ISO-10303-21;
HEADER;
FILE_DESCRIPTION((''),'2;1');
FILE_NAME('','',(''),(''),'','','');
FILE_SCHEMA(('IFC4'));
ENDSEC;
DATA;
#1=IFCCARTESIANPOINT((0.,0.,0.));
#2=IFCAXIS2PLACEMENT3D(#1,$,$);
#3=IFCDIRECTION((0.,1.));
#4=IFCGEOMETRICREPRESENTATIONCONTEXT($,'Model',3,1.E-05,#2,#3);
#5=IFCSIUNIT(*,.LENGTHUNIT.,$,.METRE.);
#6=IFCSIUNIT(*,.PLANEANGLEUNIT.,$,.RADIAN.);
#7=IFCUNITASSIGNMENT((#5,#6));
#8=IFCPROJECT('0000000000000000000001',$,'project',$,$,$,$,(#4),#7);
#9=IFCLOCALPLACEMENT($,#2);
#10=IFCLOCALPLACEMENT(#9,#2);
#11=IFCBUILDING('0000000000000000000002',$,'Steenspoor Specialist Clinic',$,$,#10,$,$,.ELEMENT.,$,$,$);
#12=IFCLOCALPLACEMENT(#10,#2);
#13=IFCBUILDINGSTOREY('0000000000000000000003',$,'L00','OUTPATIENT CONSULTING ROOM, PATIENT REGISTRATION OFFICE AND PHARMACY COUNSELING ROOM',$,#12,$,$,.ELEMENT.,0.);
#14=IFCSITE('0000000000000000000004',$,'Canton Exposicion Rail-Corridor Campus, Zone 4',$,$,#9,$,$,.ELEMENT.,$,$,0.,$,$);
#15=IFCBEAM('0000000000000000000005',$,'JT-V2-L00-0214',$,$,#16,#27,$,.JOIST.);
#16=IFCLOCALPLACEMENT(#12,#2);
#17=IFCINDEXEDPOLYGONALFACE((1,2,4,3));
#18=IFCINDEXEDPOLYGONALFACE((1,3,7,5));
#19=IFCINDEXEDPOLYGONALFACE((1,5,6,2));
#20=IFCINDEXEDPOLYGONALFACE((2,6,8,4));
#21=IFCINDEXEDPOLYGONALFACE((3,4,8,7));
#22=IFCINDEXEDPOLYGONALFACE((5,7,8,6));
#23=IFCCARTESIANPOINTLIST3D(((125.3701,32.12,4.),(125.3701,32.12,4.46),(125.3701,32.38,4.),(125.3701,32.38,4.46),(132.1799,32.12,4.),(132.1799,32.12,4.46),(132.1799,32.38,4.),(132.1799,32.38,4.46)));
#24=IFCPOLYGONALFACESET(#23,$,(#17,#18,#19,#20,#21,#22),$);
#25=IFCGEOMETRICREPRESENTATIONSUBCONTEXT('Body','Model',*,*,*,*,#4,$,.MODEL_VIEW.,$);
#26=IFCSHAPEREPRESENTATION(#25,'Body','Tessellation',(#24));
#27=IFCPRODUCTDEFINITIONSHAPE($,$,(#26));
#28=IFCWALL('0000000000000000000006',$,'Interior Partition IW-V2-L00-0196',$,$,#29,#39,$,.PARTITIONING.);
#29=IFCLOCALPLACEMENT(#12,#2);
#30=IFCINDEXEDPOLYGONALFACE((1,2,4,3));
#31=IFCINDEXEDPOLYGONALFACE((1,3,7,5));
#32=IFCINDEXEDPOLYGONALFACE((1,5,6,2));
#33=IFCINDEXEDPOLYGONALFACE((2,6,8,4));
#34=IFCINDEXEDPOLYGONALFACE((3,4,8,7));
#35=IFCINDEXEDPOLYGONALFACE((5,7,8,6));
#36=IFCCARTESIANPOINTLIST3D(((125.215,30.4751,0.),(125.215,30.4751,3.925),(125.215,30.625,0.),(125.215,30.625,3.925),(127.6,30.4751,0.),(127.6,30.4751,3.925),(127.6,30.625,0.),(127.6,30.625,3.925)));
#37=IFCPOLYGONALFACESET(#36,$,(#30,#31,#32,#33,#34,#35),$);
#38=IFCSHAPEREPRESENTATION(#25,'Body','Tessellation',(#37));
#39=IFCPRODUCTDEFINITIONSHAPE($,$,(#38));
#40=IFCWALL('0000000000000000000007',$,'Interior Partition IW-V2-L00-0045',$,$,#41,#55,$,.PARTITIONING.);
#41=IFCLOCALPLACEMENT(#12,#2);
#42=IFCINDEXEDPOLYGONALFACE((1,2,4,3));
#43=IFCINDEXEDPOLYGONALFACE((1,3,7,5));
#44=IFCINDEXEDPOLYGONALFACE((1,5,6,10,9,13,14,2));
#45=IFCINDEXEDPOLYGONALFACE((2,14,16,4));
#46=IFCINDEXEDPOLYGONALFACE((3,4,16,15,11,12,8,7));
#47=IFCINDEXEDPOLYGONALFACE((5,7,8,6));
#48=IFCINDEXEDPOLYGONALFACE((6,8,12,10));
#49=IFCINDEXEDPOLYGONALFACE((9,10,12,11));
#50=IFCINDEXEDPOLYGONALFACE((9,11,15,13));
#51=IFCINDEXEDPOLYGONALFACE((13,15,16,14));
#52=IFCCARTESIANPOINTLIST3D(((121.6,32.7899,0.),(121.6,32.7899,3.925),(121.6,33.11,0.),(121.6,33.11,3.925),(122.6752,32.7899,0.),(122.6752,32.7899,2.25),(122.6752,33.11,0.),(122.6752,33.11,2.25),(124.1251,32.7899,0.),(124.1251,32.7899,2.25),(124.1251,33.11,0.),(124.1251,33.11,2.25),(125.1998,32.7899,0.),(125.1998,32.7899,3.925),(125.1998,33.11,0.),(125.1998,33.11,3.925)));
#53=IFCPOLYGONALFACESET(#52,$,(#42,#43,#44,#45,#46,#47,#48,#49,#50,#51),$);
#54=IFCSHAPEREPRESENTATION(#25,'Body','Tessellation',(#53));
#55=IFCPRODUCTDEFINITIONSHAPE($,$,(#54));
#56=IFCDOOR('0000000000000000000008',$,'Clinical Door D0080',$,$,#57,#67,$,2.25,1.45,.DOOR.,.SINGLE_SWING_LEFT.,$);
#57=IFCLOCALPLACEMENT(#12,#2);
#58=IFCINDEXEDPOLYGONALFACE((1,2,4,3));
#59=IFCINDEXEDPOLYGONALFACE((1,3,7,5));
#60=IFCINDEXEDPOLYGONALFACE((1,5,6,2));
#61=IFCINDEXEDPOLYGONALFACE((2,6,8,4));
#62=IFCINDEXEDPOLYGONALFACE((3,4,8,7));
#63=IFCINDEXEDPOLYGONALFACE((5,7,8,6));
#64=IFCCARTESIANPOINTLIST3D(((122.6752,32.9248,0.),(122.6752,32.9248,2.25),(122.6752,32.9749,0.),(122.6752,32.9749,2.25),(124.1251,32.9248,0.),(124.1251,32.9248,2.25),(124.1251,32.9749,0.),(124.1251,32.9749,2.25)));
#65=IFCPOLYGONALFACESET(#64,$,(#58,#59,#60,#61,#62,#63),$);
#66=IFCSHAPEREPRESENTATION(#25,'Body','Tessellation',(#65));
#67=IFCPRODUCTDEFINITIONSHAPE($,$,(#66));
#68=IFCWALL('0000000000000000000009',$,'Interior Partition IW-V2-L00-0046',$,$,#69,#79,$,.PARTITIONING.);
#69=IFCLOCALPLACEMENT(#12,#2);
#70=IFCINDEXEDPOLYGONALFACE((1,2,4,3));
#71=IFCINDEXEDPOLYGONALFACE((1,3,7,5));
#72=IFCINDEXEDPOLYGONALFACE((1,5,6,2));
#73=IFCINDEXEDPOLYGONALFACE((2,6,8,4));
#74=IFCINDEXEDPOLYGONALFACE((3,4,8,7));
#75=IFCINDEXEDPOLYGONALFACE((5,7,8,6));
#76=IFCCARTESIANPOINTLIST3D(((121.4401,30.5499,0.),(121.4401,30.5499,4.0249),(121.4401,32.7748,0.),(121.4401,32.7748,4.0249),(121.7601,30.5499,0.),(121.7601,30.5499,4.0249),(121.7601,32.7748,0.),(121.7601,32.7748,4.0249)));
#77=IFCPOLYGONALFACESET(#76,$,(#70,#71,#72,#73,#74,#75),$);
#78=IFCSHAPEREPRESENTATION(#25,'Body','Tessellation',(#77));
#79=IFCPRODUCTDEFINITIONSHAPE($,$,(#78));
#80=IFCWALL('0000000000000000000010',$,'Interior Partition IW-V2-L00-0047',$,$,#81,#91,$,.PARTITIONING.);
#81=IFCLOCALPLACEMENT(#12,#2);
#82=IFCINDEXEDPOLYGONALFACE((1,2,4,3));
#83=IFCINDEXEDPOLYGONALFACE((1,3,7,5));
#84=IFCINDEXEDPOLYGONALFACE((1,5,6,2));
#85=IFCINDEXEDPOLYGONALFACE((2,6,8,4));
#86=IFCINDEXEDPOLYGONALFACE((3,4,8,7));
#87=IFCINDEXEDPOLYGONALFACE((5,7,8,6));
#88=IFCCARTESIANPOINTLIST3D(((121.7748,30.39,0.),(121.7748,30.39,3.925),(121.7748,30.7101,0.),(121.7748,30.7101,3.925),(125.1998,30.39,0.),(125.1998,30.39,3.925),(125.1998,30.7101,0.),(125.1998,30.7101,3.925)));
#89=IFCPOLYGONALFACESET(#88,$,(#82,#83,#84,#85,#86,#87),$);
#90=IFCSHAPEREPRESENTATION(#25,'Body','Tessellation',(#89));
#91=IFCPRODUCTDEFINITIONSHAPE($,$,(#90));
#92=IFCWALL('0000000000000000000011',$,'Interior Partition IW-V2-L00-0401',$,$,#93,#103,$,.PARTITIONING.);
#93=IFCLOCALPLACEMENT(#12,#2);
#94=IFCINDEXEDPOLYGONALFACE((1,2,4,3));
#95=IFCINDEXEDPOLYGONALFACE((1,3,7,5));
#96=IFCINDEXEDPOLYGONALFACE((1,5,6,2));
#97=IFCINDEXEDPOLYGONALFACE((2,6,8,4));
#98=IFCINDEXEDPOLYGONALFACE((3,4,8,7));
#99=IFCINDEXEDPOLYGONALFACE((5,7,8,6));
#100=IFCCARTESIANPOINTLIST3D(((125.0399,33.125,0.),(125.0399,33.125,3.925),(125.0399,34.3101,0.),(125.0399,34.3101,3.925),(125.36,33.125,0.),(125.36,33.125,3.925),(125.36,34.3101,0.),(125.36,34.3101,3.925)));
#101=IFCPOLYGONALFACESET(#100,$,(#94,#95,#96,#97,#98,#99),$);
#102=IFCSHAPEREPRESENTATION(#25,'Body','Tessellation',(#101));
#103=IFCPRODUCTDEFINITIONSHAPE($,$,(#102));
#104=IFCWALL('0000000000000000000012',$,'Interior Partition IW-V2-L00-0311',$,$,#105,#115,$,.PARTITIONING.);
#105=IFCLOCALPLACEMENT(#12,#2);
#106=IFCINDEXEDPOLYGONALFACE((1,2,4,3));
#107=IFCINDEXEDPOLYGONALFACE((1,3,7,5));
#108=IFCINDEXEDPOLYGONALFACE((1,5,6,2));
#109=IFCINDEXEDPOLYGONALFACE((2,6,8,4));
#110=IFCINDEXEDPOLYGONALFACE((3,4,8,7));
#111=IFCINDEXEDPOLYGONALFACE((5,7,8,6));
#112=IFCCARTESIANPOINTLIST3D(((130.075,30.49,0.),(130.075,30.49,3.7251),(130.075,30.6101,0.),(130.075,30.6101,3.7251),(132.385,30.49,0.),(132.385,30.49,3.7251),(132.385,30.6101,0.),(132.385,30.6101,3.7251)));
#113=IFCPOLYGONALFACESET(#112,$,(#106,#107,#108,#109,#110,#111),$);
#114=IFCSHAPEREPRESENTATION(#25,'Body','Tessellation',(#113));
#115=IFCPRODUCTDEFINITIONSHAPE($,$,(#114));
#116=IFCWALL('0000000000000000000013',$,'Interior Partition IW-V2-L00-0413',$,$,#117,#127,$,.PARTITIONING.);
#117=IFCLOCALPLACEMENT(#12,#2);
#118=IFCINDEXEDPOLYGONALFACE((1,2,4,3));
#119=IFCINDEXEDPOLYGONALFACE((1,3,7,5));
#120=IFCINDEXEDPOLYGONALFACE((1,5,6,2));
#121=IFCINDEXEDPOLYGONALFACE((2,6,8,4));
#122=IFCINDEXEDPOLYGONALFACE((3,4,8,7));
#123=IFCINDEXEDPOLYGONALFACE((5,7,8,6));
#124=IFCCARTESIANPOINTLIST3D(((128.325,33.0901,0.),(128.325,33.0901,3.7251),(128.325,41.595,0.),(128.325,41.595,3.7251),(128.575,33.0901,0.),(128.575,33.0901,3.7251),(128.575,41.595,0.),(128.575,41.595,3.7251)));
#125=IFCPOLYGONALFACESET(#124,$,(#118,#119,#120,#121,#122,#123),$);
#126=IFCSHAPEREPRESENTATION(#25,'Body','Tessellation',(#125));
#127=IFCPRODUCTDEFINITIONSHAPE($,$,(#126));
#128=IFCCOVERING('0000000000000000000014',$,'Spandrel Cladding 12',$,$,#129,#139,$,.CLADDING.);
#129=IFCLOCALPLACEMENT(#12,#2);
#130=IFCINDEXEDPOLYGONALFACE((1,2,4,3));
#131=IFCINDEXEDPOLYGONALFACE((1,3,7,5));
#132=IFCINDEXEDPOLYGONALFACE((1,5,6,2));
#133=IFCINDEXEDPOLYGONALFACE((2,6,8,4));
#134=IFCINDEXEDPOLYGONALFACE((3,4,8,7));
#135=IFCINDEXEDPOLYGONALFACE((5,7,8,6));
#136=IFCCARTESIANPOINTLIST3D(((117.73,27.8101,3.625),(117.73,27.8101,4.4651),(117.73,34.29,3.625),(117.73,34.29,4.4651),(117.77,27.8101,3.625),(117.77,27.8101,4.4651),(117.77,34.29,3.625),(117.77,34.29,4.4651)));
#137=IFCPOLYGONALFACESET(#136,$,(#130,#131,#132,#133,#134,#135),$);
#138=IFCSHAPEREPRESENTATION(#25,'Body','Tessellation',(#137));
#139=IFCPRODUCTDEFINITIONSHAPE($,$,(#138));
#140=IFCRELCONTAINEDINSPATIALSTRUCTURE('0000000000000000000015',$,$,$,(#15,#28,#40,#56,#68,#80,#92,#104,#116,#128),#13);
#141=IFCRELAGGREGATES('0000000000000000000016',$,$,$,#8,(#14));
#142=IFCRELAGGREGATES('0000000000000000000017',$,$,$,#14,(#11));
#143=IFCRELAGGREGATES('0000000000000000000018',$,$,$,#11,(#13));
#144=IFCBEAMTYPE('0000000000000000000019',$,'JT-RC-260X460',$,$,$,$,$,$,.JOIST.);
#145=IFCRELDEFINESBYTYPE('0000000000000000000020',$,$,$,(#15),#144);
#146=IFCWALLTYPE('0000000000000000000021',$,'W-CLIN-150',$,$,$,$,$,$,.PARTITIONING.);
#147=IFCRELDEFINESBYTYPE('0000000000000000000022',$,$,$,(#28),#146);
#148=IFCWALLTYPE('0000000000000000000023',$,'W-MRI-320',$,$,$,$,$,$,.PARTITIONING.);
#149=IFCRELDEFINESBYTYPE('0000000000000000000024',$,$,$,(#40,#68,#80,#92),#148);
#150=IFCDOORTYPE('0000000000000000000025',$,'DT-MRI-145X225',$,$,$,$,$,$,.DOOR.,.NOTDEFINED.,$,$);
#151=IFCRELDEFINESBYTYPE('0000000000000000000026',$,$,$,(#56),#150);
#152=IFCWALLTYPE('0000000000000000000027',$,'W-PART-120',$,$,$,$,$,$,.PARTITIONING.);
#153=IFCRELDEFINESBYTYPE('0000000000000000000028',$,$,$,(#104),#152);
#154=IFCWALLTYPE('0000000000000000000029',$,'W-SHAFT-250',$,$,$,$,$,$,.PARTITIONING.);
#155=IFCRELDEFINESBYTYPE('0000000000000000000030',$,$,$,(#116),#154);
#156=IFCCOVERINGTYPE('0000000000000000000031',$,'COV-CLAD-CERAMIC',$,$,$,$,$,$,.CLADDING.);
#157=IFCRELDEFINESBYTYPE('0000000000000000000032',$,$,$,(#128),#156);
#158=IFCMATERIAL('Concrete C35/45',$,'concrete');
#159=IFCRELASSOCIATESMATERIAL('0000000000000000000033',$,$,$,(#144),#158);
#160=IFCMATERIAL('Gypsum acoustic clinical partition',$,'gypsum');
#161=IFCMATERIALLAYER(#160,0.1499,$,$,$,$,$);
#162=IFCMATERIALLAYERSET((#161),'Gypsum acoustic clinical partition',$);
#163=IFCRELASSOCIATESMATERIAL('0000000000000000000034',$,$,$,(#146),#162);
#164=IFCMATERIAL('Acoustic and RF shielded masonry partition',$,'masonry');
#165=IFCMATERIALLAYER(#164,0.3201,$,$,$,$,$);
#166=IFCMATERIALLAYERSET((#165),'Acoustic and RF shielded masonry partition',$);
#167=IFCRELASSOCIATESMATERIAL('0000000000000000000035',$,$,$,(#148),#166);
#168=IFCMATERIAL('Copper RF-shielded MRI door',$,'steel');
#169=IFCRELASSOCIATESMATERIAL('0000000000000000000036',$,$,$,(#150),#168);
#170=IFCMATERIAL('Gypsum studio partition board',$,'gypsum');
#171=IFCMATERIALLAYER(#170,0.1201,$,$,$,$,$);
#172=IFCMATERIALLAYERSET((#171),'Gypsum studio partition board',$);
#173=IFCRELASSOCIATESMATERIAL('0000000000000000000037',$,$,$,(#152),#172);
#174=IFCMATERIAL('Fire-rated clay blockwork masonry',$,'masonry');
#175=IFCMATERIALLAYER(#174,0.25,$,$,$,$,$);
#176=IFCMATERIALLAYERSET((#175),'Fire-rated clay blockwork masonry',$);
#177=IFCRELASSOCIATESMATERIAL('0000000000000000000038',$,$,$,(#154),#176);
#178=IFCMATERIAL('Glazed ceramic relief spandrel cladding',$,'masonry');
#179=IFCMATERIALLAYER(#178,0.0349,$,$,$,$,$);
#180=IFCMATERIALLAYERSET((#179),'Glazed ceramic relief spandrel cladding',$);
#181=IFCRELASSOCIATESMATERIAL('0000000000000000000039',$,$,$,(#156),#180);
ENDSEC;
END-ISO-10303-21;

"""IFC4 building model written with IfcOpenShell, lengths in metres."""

from ifc_helpers import new_model, si_unit, direction, frame, frame_2d, origin, origin_2d, place, context, subcontext, project, spatial, rectangle, extrude, material, layer, layer_set, material_profile, profile_set, type_object, element, fill, save


model = new_model("IFC4")

# Units and contexts
model_context = context("Model", 3, precision=1e-05, world=origin(), true_north=direction((0.0, 1.0)))
body_context = subcontext(model_context, "Body", "Model", "MODEL_VIEW")
ifc_project = project(units=[si_unit("LENGTHUNIT", "METRE"), si_unit("PLANEANGLEUNIT", "RADIAN")], contexts=[model_context])

# Site, building, storey
site_placement = place(None, origin())
site = spatial("IfcSite", under=ifc_project, at=site_placement, Name="Canton Exposicion Rail-Corridor Campus, Zone 4", CompositionType="ELEMENT", RefElevation=0.0)
building_placement = place(site_placement, origin())
building = spatial("IfcBuilding", under=site, at=building_placement, Name="Steenspoor Specialist Clinic", CompositionType="ELEMENT")
storey_placement = place(building_placement, origin())
storey = spatial("IfcBuildingStorey", under=building, at=storey_placement, Name="L00", Description="OUTPATIENT CONSULTING ROOM, PATIENT REGISTRATION OFFICE AND PHARMACY COUNSELING ROOM", CompositionType="ELEMENT", Elevation=0.0)

# Shared definitions
ifc_material_1 = material(Name="Concrete C35/45", Category="concrete")

# Beam
ifc_material_profile_1 = material_profile(ifc_material_1, rectangle(XDim=0.26, YDim=0.46, at=origin_2d()), Name="RC-JT-260X460")
ifc_profile_set_1 = profile_set([ifc_material_profile_1], Name="Concrete C35/45")
beam_type_1 = type_object("IfcBeamType", Name="JT-RC-260X460", PredefinedType="JOIST", material=ifc_profile_set_1)
beam_1_placement = place(storey_placement, frame((125.3701, 32.25, 4.23), z_axis=(1.0, 0.0, 0.0), x_axis=(0.0, 1.0, 0.0)))
element("IfcBeam", 1, at=beam_1_placement, inside=storey, type_object=beam_type_1, Name="JT-V2-L00-0214", PredefinedType="JOIST", context=body_context, shape_type="SweptSolid", body=[
    extrude(rectangle(XDim=0.26, YDim=0.46, at=origin_2d()), origin(), (0.0, 0.0, 1.0), 6.8098),
])

# Wall
ifc_material_2 = material(Name="Gypsum acoustic clinical partition", Category="gypsum")
ifc_layer_1 = layer(ifc_material_2, 0.1499)
ifc_layer_set_1 = layer_set([ifc_layer_1], Name="Gypsum acoustic clinical partition")
wall_type_1 = type_object("IfcWallType", Name="W-CLIN-150", PredefinedType="PARTITIONING", material=ifc_layer_set_1)
wall_1_placement = place(storey_placement, frame((125.2151, 30.55, 0.0), z_axis=(0.0, 0.0, 1.0), x_axis=(1.0, 0.0, 0.0)))
element("IfcWall", 2, at=wall_1_placement, inside=storey, type_object=wall_type_1, Name="Interior Partition IW-V2-L00-0196", PredefinedType="PARTITIONING", context=body_context, shape_type="SweptSolid", body=[
    extrude(rectangle(XDim=2.385, YDim=0.1499, at=frame_2d((1.1924, 0.0))), origin(), (0.0, 0.0, 1.0), 3.925),
])

# Wall, opening, door
ifc_material_3 = material(Name="Acoustic and RF shielded masonry partition", Category="masonry")
ifc_layer_2 = layer(ifc_material_3, 0.3201)
ifc_layer_set_2 = layer_set([ifc_layer_2], Name="Acoustic and RF shielded masonry partition")
wall_type_2 = type_object("IfcWallType", Name="W-MRI-320", PredefinedType="PARTITIONING", material=ifc_layer_set_2)
wall_2_placement = place(storey_placement, frame((121.6001, 32.95, 0.0), z_axis=(0.0, 0.0, 1.0), x_axis=(1.0, 0.0, 0.0)))
wall_2 = element("IfcWall", 3, at=wall_2_placement, inside=storey, type_object=wall_type_2, Name="Interior Partition IW-V2-L00-0045", PredefinedType="PARTITIONING", context=body_context, shape_type="SweptSolid", body=[
    extrude(rectangle(XDim=3.5999, YDim=0.3201, at=frame_2d((1.7998, 0.0))), origin(), (0.0, 0.0, 1.0), 3.925),
])
opening_1_placement = place(wall_2_placement, frame((1.075, 0.0, 0.0)))
opening_1 = element("IfcOpeningElement", 4, at=opening_1_placement, cuts=wall_2, PredefinedType="OPENING", context=body_context, shape_type="SweptSolid", body=[
    extrude(rectangle(XDim=1.45, YDim=2.25, at=frame_2d((0.7251, 1.125))), frame((0.0, 0.1699, 0.0), z_axis=(0.0, -1.0, 0.0), x_axis=(1.0, 0.0, 0.0)), (0.0, 0.0, 1.0), 0.3401),
])
ifc_material_4 = material(Name="Copper RF-shielded MRI door", Category="steel")
door_type_1 = type_object("IfcDoorType", Name="DT-MRI-145X225", OperationType="NOTDEFINED", PredefinedType="DOOR", material=ifc_material_4)
door_1_placement = place(opening_1_placement, origin())
door_1 = element("IfcDoor", 5, at=door_1_placement, inside=storey, type_object=door_type_1, Name="Clinical Door D0080", OperationType="SINGLE_SWING_LEFT", OverallHeight=2.25, OverallWidth=1.45, PredefinedType="DOOR", context=body_context, shape_type="SweptSolid", body=[
    extrude(rectangle(XDim=1.45, YDim=2.25, at=frame_2d((0.7251, 1.125))), frame((0.0, 0.0249, 0.0), z_axis=(0.0, -1.0, 0.0), x_axis=(1.0, 0.0, 0.0)), (0.0, 0.0, 1.0), 0.05),
])
fill(opening_1, door_1)

# Walls
wall_3_placement = place(storey_placement, frame((121.6001, 30.55, 0.0), z_axis=(0.0, 0.0, 1.0), x_axis=(0.0, 1.0, 0.0)))
element("IfcWall", 6, at=wall_3_placement, inside=storey, type_object=wall_type_2, Name="Interior Partition IW-V2-L00-0046", PredefinedType="PARTITIONING", context=body_context, shape_type="SweptSolid", body=[
    extrude(rectangle(XDim=2.2249, YDim=0.3201, at=frame_2d((1.1123, 0.0))), origin(), (0.0, 0.0, 1.0), 4.0249),
])
wall_4_placement = place(storey_placement, frame((121.7749, 30.55, 0.0), z_axis=(0.0, 0.0, 1.0), x_axis=(1.0, 0.0, 0.0)))
element("IfcWall", 7, at=wall_4_placement, inside=storey, type_object=wall_type_2, Name="Interior Partition IW-V2-L00-0047", PredefinedType="PARTITIONING", context=body_context, shape_type="SweptSolid", body=[
    extrude(rectangle(XDim=3.425, YDim=0.3201, at=frame_2d((1.7124, 0.0))), origin(), (0.0, 0.0, 1.0), 3.925),
])
wall_5_placement = place(storey_placement, frame((125.2, 33.125, 0.0), z_axis=(0.0, 0.0, 1.0), x_axis=(0.0, 1.0, 0.0)))
element("IfcWall", 8, at=wall_5_placement, inside=storey, type_object=wall_type_2, Name="Interior Partition IW-V2-L00-0401", PredefinedType="PARTITIONING", context=body_context, shape_type="SweptSolid", body=[
    extrude(rectangle(XDim=1.1851, YDim=0.3201, at=frame_2d((0.5925, 0.0))), origin(), (0.0, 0.0, 1.0), 3.925),
])
ifc_material_5 = material(Name="Gypsum studio partition board", Category="gypsum")
ifc_layer_3 = layer(ifc_material_5, 0.1201)
ifc_layer_set_3 = layer_set([ifc_layer_3], Name="Gypsum studio partition board")
wall_type_3 = type_object("IfcWallType", Name="W-PART-120", PredefinedType="PARTITIONING", material=ifc_layer_set_3)
wall_6_placement = place(storey_placement, frame((130.075, 30.55, 0.0), z_axis=(0.0, 0.0, 1.0), x_axis=(1.0, 0.0, 0.0)))
element("IfcWall", 9, at=wall_6_placement, inside=storey, type_object=wall_type_3, Name="Interior Partition IW-V2-L00-0311", PredefinedType="PARTITIONING", context=body_context, shape_type="SweptSolid", body=[
    extrude(rectangle(XDim=2.3101, YDim=0.1201, at=frame_2d((1.155, 0.0))), origin(), (0.0, 0.0, 1.0), 3.7251),
])

# Shared definitions
ifc_material_6 = material(Name="Fire-rated clay blockwork masonry", Category="masonry")
ifc_layer_4 = layer(ifc_material_6, 0.25)
ifc_layer_set_4 = layer_set([ifc_layer_4], Name="Fire-rated clay blockwork masonry")
wall_type_4 = type_object("IfcWallType", Name="W-SHAFT-250", PredefinedType="PARTITIONING", material=ifc_layer_set_4)

# Wall
wall_7_placement = place(storey_placement, frame((128.45, 33.0901, 0.0), z_axis=(0.0, 0.0, 1.0), x_axis=(0.0, 1.0, 0.0)))
element("IfcWall", 10, at=wall_7_placement, inside=storey, type_object=wall_type_4, Name="Interior Partition IW-V2-L00-0413", PredefinedType="PARTITIONING", context=body_context, shape_type="SweptSolid", body=[
    extrude(rectangle(XDim=8.5049, YDim=0.25, at=frame_2d((4.2524, 0.0))), origin(), (0.0, 0.0, 1.0), 3.7251),
])

# Covering
ifc_material_7 = material(Name="Glazed ceramic relief spandrel cladding", Category="masonry")
ifc_layer_5 = layer(ifc_material_7, 0.0349)
ifc_layer_set_5 = layer_set([ifc_layer_5], Name="Glazed ceramic relief spandrel cladding")
covering_type = type_object("IfcCoveringType", Name="COV-CLAD-CERAMIC", PredefinedType="CLADDING", material=ifc_layer_set_5)
covering_placement = place(storey_placement, frame((117.75, 31.05, 3.625), z_axis=(0.0, 0.0, 1.0), x_axis=(0.0, 1.0, 0.0)))
element("IfcCovering", 11, at=covering_placement, inside=storey, type_object=covering_type, Name="Spandrel Cladding 12", PredefinedType="CLADDING", context=body_context, shape_type="SweptSolid", body=[
    extrude(rectangle(XDim=6.48, YDim=0.04, at=origin_2d()), origin(), (0.0, 0.0, 1.0), 0.8401),
])

save(model, "model.ifc")
